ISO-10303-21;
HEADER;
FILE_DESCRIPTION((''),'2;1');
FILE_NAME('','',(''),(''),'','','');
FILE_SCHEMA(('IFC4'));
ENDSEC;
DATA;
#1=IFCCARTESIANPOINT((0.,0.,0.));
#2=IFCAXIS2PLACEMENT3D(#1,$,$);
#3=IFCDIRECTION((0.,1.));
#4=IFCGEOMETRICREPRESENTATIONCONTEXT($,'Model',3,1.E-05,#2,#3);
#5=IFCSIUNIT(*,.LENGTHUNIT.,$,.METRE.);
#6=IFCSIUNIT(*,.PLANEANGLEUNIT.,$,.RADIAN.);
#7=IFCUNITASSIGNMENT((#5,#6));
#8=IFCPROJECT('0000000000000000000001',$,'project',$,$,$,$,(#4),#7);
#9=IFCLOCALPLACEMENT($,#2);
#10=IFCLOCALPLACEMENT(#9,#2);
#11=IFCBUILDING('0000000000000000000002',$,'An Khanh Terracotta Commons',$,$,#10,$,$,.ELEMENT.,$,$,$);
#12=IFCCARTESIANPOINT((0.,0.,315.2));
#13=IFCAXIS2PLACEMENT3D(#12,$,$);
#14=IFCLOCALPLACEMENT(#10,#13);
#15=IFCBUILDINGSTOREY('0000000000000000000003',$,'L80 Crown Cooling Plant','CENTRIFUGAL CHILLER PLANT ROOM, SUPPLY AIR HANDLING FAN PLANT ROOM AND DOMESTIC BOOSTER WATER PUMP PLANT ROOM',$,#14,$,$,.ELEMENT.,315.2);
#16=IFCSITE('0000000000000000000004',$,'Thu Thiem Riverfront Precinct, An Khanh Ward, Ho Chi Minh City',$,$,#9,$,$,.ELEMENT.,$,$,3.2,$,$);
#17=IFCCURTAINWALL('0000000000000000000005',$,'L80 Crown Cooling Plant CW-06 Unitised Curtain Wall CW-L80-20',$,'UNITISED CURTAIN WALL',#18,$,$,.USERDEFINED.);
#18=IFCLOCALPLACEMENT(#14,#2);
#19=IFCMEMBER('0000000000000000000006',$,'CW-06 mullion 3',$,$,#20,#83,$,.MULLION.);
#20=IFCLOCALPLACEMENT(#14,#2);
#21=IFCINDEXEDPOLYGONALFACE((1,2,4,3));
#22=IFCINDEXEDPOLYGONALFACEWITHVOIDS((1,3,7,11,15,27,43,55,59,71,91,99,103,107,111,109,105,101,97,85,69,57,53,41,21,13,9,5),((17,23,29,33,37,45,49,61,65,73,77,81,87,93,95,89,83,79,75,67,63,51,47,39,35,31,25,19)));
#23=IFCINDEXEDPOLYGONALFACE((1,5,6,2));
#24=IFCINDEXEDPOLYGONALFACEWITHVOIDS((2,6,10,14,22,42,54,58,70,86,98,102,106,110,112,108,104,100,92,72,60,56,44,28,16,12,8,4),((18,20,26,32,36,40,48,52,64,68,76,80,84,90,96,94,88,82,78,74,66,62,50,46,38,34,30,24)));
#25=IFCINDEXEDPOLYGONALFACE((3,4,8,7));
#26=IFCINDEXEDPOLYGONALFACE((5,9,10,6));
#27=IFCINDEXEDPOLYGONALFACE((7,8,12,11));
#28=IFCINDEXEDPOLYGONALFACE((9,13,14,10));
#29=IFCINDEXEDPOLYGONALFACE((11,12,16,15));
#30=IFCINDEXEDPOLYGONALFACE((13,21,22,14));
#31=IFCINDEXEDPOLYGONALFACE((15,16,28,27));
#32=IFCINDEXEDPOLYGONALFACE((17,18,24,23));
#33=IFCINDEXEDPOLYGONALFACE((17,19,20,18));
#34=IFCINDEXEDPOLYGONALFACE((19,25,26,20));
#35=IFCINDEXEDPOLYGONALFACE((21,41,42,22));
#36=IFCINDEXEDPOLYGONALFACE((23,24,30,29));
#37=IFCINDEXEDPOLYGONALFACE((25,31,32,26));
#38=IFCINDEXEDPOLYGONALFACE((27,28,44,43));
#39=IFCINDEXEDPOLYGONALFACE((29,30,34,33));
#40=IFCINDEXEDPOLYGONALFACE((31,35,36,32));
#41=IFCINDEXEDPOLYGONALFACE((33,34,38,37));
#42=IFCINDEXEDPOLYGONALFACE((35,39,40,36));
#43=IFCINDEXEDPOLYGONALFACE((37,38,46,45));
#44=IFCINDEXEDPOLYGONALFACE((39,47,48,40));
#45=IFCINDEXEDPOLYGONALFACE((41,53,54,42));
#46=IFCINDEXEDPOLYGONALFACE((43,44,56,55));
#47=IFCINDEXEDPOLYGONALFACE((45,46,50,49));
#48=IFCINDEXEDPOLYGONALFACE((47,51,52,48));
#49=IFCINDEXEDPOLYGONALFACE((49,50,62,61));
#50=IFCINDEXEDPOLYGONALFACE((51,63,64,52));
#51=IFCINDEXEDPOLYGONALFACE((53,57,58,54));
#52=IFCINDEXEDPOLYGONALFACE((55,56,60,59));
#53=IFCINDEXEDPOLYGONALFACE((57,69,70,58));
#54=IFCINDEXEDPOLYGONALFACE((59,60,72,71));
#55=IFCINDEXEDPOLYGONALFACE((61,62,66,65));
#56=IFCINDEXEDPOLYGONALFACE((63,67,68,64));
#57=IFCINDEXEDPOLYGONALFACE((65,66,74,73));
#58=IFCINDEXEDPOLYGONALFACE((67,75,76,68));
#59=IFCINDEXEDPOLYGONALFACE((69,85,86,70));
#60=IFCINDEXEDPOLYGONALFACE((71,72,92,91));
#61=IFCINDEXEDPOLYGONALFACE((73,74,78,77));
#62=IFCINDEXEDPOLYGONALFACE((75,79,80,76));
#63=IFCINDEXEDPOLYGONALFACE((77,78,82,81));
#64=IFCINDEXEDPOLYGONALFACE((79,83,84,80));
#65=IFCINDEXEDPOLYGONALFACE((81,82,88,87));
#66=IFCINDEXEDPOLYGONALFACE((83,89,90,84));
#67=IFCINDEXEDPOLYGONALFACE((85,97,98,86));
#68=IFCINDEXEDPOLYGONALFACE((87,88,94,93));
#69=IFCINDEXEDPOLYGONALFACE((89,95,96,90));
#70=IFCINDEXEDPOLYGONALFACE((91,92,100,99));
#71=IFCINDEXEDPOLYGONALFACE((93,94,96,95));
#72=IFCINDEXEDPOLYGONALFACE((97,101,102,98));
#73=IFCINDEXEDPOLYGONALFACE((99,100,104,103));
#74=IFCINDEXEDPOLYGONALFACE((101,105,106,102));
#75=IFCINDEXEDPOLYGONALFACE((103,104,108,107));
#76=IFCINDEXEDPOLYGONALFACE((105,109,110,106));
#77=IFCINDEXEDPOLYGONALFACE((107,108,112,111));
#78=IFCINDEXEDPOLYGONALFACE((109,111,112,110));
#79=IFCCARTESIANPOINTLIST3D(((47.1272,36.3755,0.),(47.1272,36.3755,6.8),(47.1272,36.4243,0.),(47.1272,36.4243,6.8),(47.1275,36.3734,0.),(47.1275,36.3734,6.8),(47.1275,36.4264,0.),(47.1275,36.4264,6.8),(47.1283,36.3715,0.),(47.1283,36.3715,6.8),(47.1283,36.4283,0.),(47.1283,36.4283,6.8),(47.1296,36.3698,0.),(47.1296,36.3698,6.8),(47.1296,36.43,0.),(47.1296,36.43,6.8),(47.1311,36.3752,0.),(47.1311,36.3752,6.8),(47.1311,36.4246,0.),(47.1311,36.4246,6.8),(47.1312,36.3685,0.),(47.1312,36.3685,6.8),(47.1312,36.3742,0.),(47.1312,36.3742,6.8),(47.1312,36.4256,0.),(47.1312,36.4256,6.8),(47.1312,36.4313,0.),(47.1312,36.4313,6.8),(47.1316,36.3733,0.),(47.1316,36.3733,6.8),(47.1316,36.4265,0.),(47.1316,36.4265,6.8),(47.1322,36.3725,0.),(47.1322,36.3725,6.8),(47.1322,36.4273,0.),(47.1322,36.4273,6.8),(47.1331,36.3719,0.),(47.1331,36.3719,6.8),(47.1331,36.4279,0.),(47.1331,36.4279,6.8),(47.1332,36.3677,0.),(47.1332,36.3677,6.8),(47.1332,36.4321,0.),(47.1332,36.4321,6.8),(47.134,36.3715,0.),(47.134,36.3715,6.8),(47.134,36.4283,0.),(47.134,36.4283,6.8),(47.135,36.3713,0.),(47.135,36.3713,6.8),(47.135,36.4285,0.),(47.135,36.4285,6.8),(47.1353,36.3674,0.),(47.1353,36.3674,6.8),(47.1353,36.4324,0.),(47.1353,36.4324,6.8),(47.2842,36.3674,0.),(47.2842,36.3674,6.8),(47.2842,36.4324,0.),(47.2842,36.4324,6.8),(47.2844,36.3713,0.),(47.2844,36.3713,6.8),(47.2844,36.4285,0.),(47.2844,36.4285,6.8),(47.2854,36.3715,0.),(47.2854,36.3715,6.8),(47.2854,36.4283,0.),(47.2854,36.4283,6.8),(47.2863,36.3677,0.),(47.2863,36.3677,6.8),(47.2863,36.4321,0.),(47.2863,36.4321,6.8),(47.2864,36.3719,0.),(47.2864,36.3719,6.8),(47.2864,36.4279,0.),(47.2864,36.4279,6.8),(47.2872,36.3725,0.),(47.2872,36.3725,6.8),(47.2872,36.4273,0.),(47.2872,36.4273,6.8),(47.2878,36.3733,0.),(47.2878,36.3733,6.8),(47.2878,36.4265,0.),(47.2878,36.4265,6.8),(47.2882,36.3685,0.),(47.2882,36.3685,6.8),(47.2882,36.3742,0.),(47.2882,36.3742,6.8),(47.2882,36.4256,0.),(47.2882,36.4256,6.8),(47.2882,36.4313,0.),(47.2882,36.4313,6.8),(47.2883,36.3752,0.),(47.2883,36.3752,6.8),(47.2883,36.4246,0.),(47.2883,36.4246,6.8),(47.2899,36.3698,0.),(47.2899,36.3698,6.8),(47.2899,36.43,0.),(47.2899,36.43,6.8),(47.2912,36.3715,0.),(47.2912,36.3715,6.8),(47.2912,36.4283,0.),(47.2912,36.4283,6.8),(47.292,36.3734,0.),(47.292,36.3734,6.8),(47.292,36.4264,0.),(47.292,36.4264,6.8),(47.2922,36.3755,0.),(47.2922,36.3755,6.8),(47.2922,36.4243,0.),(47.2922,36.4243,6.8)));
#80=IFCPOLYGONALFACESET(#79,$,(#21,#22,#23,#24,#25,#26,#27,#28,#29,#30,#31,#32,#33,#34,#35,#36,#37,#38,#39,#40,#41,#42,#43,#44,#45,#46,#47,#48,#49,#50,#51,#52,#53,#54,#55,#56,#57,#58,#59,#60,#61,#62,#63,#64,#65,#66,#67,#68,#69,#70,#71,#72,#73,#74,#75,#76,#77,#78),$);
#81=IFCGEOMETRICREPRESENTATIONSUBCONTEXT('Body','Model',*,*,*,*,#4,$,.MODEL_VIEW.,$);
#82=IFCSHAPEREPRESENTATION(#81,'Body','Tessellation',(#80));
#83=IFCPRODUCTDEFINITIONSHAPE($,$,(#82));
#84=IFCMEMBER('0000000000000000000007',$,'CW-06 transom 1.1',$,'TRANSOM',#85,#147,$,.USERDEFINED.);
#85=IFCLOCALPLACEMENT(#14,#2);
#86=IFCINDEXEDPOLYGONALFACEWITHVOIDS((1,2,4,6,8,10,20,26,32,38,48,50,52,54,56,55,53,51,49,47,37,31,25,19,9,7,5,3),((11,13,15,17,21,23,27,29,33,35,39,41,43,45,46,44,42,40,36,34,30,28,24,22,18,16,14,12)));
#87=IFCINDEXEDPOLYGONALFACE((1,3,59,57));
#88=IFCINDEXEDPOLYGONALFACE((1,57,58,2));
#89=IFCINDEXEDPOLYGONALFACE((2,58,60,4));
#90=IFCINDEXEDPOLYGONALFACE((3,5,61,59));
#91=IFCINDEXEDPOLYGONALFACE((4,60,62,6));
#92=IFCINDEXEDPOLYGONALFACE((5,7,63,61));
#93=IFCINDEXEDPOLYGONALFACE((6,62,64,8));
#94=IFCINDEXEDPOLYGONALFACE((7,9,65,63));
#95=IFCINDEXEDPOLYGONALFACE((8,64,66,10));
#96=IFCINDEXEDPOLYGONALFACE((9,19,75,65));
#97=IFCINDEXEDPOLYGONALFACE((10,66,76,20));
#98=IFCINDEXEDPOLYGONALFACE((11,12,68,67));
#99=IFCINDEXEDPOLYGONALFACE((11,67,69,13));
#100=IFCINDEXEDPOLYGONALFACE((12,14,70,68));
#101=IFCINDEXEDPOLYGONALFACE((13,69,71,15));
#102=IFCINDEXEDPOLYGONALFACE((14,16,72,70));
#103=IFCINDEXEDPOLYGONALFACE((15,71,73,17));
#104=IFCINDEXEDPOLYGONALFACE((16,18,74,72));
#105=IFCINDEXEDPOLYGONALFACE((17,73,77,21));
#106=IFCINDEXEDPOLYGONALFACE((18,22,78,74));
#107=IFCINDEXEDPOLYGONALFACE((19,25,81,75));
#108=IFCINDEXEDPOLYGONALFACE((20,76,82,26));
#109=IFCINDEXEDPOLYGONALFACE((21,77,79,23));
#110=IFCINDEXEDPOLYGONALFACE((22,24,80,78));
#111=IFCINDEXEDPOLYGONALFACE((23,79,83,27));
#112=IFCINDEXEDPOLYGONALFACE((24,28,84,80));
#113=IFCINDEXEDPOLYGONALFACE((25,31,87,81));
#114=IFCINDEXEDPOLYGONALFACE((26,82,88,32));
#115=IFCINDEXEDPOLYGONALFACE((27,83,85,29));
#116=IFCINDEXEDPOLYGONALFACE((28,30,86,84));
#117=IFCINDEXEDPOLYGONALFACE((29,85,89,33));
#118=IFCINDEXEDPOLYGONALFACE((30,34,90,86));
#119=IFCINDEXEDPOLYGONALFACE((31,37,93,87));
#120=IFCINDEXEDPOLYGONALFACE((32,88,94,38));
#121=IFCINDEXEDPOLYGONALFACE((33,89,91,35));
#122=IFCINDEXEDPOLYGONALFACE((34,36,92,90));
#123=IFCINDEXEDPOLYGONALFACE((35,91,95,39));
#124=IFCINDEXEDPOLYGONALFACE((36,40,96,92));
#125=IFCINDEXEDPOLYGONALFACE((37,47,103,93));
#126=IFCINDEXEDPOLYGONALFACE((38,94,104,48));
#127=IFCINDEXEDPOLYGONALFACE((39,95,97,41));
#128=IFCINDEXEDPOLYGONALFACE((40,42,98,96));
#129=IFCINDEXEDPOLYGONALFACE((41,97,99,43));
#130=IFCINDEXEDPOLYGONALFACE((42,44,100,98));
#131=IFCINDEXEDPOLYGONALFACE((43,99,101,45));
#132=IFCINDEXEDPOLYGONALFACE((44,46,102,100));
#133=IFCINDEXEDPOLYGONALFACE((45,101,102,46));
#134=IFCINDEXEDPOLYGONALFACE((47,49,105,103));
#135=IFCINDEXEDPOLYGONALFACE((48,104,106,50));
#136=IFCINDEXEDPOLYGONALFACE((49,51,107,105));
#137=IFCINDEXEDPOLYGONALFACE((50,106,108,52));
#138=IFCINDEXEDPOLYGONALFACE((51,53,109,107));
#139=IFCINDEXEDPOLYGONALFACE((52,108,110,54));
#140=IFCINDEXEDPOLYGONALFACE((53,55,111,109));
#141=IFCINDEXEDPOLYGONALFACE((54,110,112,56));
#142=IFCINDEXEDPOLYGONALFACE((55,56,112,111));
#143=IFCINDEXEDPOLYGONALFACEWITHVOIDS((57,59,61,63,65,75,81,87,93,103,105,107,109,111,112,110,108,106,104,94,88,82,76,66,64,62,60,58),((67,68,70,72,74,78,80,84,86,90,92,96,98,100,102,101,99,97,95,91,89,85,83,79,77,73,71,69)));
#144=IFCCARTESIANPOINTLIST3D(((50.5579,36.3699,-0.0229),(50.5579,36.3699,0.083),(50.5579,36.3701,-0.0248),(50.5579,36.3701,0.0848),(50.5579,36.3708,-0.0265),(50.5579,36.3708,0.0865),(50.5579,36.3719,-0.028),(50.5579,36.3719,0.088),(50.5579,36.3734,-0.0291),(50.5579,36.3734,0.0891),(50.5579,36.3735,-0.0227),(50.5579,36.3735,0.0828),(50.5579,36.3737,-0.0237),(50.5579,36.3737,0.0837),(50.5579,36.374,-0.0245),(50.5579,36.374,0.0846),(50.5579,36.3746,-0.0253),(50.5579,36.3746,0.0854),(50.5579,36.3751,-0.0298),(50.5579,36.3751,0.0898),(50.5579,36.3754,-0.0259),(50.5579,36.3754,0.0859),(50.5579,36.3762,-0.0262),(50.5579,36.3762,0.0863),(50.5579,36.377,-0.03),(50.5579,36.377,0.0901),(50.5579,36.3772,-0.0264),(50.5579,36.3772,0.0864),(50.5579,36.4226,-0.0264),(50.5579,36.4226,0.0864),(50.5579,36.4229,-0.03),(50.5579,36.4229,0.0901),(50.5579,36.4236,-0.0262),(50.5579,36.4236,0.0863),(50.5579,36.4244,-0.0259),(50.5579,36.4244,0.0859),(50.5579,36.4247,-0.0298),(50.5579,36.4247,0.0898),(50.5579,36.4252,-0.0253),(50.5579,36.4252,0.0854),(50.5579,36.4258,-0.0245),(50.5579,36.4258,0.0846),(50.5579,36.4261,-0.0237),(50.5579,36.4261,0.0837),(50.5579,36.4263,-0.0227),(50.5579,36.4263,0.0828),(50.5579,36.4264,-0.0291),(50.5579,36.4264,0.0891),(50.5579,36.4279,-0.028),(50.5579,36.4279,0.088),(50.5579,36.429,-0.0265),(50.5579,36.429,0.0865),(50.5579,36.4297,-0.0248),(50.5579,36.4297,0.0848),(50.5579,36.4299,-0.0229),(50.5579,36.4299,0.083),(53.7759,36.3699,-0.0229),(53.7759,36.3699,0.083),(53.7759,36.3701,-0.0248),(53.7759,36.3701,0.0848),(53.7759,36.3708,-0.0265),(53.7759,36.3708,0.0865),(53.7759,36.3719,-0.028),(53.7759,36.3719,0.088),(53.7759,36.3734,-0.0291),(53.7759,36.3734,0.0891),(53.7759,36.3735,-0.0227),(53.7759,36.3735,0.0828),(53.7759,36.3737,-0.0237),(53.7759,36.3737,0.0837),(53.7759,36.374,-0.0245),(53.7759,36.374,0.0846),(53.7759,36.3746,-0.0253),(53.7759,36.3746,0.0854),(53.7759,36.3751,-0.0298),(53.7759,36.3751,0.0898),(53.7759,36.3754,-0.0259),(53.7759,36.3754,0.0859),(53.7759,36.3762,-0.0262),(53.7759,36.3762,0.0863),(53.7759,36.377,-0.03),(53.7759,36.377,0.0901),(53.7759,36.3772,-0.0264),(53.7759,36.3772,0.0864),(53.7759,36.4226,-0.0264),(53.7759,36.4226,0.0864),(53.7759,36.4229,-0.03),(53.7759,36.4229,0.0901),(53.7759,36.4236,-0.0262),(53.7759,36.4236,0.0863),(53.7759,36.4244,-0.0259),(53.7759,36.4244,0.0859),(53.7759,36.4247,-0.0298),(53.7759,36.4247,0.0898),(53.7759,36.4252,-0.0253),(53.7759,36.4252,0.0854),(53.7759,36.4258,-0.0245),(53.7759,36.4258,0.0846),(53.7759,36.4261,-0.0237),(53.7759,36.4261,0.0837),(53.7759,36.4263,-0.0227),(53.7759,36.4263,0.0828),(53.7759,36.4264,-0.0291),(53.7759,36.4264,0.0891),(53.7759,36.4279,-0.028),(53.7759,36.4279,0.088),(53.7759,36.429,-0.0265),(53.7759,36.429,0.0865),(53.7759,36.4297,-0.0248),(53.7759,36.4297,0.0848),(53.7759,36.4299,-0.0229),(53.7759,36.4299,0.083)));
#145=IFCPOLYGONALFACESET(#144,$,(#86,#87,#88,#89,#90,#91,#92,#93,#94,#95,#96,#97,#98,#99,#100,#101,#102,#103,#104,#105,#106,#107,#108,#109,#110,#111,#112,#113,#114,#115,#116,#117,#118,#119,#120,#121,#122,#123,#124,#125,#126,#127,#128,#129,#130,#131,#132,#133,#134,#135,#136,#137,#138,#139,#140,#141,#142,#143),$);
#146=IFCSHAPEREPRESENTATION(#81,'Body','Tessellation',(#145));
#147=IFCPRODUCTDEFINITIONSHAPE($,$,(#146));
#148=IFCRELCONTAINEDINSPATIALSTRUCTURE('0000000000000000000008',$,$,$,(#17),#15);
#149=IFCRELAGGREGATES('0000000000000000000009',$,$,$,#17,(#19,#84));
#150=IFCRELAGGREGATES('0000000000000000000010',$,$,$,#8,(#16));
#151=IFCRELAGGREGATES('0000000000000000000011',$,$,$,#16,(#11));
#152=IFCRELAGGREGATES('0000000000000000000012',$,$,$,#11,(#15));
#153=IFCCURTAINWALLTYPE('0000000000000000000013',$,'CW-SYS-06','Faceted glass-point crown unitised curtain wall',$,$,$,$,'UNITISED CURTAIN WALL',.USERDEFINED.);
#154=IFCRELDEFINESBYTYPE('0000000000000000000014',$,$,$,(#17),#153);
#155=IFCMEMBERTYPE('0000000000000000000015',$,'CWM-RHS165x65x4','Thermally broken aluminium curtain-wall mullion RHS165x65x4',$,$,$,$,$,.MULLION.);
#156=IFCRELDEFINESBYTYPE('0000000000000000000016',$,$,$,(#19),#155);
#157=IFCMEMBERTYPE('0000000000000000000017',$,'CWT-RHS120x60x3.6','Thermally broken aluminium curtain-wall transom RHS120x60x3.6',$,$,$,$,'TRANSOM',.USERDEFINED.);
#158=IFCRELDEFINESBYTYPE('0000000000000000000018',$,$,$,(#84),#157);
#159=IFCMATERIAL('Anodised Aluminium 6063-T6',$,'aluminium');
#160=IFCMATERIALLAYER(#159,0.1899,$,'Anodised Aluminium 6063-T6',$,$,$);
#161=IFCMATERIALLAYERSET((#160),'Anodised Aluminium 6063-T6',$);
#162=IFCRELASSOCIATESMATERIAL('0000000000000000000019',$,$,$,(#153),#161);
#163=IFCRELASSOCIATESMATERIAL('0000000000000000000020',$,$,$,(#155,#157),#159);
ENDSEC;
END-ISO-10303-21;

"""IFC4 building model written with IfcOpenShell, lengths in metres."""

from ifc_helpers import new_model, si_unit, direction, frame, origin, origin_2d, place, context, subcontext, project, spatial, hollow_rectangle, extrude, material, layer, layer_set, material_profile, profile_set, type_object, element, aggregate, save


model = new_model("IFC4")

# Units and contexts
model_context = context("Model", 3, precision=1e-05, world=origin(), true_north=direction((0.0, 1.0)))
body_context = subcontext(model_context, "Body", "Model", "MODEL_VIEW")
ifc_project = project(units=[si_unit("LENGTHUNIT", "METRE"), si_unit("PLANEANGLEUNIT", "RADIAN")], contexts=[model_context])

# Site, building, storey
site_placement = place(None, origin())
site = spatial("IfcSite", under=ifc_project, at=site_placement, Name="Thu Thiem Riverfront Precinct, An Khanh Ward, Ho Chi Minh City", CompositionType="ELEMENT", RefElevation=3.2)
building_placement = place(site_placement, origin())
building = spatial("IfcBuilding", under=site, at=building_placement, Name="An Khanh Terracotta Commons", CompositionType="ELEMENT")
storey_placement = place(building_placement, frame((0.0, 0.0, 315.2)))
storey = spatial("IfcBuildingStorey", under=building, at=storey_placement, Name="L80 Crown Cooling Plant", Description="CENTRIFUGAL CHILLER PLANT ROOM, SUPPLY AIR HANDLING FAN PLANT ROOM AND DOMESTIC BOOSTER WATER PUMP PLANT ROOM", CompositionType="ELEMENT", Elevation=315.2)

# Curtain wall, members
ifc_material_1 = material(Name="Anodised Aluminium 6063-T6", Category="aluminium")
ifc_layer_1 = layer(ifc_material_1, 0.1899, Name="Anodised Aluminium 6063-T6")
ifc_layer_set_1 = layer_set([ifc_layer_1], Name="Anodised Aluminium 6063-T6")
curtain_wall_type = type_object("IfcCurtainWallType", Name="CW-SYS-06", Description="Faceted glass-point crown unitised curtain wall", ElementType="UNITISED CURTAIN WALL", PredefinedType="USERDEFINED", material=ifc_layer_set_1)
curtain_wall_placement = place(storey_placement, origin())
curtain_wall = element("IfcCurtainWall", 1, at=curtain_wall_placement, inside=storey, type_object=curtain_wall_type, Name="L80 Crown Cooling Plant CW-06 Unitised Curtain Wall CW-L80-20", ObjectType="UNITISED CURTAIN WALL", PredefinedType="USERDEFINED")
ifc_material_profile_1 = material_profile(ifc_material_1, hollow_rectangle(XDim=0.0649, YDim=0.165, WallThickness=0.0039, InnerFilletRadius=0.0039, OuterFilletRadius=0.0081, at=origin_2d()), Name="RHS165x65x4")
ifc_profile_set_1 = profile_set([ifc_material_profile_1], Name="Anodised Aluminium 6063-T6")
member_type_1 = type_object("IfcMemberType", Name="CWM-RHS165x65x4", Description="Thermally broken aluminium curtain-wall mullion RHS165x65x4", PredefinedType="MULLION", material=ifc_profile_set_1)
member_1_placement = place(storey_placement, frame((47.2097, 36.3999, 0.0), z_axis=(0.0, 0.0, 1.0), x_axis=(0.0, -1.0, 0.0)))
member_1 = element("IfcMember", 2, at=member_1_placement, type_object=member_type_1, Name="CW-06 mullion 3", PredefinedType="MULLION", context=body_context, shape_type="SweptSolid", body=[
    extrude(hollow_rectangle(XDim=0.0649, YDim=0.165, WallThickness=0.0039, InnerFilletRadius=0.0039, OuterFilletRadius=0.0081, at=origin_2d()), origin(), (0.0, 0.0, 1.0), 6.8),
])
ifc_material_profile_2 = material_profile(ifc_material_1, hollow_rectangle(XDim=0.0601, YDim=0.1201, WallThickness=0.0037, InnerFilletRadius=0.0037, OuterFilletRadius=0.0071, at=origin_2d()), Name="RHS120x60x3.6")
ifc_profile_set_2 = profile_set([ifc_material_profile_2], Name="Anodised Aluminium 6063-T6")
member_type_2 = type_object("IfcMemberType", Name="CWT-RHS120x60x3.6", Description="Thermally broken aluminium curtain-wall transom RHS120x60x3.6", ElementType="TRANSOM", PredefinedType="USERDEFINED", material=ifc_profile_set_2)
member_2_placement = place(storey_placement, frame((53.7759, 36.3999, 0.03), z_axis=(-1.0, 0.0, 0.0), x_axis=(0.0, -1.0, 0.0)))
member_2 = element("IfcMember", 3, at=member_2_placement, type_object=member_type_2, Name="CW-06 transom 1.1", ObjectType="TRANSOM", PredefinedType="USERDEFINED", context=body_context, shape_type="SweptSolid", body=[
    extrude(hollow_rectangle(XDim=0.0601, YDim=0.1201, WallThickness=0.0037, InnerFilletRadius=0.0037, OuterFilletRadius=0.0071, at=origin_2d()), origin(), (0.0, 0.0, 1.0), 3.218),
])

aggregate(curtain_wall, [member_1, member_2])

save(model, "model.ifc")
